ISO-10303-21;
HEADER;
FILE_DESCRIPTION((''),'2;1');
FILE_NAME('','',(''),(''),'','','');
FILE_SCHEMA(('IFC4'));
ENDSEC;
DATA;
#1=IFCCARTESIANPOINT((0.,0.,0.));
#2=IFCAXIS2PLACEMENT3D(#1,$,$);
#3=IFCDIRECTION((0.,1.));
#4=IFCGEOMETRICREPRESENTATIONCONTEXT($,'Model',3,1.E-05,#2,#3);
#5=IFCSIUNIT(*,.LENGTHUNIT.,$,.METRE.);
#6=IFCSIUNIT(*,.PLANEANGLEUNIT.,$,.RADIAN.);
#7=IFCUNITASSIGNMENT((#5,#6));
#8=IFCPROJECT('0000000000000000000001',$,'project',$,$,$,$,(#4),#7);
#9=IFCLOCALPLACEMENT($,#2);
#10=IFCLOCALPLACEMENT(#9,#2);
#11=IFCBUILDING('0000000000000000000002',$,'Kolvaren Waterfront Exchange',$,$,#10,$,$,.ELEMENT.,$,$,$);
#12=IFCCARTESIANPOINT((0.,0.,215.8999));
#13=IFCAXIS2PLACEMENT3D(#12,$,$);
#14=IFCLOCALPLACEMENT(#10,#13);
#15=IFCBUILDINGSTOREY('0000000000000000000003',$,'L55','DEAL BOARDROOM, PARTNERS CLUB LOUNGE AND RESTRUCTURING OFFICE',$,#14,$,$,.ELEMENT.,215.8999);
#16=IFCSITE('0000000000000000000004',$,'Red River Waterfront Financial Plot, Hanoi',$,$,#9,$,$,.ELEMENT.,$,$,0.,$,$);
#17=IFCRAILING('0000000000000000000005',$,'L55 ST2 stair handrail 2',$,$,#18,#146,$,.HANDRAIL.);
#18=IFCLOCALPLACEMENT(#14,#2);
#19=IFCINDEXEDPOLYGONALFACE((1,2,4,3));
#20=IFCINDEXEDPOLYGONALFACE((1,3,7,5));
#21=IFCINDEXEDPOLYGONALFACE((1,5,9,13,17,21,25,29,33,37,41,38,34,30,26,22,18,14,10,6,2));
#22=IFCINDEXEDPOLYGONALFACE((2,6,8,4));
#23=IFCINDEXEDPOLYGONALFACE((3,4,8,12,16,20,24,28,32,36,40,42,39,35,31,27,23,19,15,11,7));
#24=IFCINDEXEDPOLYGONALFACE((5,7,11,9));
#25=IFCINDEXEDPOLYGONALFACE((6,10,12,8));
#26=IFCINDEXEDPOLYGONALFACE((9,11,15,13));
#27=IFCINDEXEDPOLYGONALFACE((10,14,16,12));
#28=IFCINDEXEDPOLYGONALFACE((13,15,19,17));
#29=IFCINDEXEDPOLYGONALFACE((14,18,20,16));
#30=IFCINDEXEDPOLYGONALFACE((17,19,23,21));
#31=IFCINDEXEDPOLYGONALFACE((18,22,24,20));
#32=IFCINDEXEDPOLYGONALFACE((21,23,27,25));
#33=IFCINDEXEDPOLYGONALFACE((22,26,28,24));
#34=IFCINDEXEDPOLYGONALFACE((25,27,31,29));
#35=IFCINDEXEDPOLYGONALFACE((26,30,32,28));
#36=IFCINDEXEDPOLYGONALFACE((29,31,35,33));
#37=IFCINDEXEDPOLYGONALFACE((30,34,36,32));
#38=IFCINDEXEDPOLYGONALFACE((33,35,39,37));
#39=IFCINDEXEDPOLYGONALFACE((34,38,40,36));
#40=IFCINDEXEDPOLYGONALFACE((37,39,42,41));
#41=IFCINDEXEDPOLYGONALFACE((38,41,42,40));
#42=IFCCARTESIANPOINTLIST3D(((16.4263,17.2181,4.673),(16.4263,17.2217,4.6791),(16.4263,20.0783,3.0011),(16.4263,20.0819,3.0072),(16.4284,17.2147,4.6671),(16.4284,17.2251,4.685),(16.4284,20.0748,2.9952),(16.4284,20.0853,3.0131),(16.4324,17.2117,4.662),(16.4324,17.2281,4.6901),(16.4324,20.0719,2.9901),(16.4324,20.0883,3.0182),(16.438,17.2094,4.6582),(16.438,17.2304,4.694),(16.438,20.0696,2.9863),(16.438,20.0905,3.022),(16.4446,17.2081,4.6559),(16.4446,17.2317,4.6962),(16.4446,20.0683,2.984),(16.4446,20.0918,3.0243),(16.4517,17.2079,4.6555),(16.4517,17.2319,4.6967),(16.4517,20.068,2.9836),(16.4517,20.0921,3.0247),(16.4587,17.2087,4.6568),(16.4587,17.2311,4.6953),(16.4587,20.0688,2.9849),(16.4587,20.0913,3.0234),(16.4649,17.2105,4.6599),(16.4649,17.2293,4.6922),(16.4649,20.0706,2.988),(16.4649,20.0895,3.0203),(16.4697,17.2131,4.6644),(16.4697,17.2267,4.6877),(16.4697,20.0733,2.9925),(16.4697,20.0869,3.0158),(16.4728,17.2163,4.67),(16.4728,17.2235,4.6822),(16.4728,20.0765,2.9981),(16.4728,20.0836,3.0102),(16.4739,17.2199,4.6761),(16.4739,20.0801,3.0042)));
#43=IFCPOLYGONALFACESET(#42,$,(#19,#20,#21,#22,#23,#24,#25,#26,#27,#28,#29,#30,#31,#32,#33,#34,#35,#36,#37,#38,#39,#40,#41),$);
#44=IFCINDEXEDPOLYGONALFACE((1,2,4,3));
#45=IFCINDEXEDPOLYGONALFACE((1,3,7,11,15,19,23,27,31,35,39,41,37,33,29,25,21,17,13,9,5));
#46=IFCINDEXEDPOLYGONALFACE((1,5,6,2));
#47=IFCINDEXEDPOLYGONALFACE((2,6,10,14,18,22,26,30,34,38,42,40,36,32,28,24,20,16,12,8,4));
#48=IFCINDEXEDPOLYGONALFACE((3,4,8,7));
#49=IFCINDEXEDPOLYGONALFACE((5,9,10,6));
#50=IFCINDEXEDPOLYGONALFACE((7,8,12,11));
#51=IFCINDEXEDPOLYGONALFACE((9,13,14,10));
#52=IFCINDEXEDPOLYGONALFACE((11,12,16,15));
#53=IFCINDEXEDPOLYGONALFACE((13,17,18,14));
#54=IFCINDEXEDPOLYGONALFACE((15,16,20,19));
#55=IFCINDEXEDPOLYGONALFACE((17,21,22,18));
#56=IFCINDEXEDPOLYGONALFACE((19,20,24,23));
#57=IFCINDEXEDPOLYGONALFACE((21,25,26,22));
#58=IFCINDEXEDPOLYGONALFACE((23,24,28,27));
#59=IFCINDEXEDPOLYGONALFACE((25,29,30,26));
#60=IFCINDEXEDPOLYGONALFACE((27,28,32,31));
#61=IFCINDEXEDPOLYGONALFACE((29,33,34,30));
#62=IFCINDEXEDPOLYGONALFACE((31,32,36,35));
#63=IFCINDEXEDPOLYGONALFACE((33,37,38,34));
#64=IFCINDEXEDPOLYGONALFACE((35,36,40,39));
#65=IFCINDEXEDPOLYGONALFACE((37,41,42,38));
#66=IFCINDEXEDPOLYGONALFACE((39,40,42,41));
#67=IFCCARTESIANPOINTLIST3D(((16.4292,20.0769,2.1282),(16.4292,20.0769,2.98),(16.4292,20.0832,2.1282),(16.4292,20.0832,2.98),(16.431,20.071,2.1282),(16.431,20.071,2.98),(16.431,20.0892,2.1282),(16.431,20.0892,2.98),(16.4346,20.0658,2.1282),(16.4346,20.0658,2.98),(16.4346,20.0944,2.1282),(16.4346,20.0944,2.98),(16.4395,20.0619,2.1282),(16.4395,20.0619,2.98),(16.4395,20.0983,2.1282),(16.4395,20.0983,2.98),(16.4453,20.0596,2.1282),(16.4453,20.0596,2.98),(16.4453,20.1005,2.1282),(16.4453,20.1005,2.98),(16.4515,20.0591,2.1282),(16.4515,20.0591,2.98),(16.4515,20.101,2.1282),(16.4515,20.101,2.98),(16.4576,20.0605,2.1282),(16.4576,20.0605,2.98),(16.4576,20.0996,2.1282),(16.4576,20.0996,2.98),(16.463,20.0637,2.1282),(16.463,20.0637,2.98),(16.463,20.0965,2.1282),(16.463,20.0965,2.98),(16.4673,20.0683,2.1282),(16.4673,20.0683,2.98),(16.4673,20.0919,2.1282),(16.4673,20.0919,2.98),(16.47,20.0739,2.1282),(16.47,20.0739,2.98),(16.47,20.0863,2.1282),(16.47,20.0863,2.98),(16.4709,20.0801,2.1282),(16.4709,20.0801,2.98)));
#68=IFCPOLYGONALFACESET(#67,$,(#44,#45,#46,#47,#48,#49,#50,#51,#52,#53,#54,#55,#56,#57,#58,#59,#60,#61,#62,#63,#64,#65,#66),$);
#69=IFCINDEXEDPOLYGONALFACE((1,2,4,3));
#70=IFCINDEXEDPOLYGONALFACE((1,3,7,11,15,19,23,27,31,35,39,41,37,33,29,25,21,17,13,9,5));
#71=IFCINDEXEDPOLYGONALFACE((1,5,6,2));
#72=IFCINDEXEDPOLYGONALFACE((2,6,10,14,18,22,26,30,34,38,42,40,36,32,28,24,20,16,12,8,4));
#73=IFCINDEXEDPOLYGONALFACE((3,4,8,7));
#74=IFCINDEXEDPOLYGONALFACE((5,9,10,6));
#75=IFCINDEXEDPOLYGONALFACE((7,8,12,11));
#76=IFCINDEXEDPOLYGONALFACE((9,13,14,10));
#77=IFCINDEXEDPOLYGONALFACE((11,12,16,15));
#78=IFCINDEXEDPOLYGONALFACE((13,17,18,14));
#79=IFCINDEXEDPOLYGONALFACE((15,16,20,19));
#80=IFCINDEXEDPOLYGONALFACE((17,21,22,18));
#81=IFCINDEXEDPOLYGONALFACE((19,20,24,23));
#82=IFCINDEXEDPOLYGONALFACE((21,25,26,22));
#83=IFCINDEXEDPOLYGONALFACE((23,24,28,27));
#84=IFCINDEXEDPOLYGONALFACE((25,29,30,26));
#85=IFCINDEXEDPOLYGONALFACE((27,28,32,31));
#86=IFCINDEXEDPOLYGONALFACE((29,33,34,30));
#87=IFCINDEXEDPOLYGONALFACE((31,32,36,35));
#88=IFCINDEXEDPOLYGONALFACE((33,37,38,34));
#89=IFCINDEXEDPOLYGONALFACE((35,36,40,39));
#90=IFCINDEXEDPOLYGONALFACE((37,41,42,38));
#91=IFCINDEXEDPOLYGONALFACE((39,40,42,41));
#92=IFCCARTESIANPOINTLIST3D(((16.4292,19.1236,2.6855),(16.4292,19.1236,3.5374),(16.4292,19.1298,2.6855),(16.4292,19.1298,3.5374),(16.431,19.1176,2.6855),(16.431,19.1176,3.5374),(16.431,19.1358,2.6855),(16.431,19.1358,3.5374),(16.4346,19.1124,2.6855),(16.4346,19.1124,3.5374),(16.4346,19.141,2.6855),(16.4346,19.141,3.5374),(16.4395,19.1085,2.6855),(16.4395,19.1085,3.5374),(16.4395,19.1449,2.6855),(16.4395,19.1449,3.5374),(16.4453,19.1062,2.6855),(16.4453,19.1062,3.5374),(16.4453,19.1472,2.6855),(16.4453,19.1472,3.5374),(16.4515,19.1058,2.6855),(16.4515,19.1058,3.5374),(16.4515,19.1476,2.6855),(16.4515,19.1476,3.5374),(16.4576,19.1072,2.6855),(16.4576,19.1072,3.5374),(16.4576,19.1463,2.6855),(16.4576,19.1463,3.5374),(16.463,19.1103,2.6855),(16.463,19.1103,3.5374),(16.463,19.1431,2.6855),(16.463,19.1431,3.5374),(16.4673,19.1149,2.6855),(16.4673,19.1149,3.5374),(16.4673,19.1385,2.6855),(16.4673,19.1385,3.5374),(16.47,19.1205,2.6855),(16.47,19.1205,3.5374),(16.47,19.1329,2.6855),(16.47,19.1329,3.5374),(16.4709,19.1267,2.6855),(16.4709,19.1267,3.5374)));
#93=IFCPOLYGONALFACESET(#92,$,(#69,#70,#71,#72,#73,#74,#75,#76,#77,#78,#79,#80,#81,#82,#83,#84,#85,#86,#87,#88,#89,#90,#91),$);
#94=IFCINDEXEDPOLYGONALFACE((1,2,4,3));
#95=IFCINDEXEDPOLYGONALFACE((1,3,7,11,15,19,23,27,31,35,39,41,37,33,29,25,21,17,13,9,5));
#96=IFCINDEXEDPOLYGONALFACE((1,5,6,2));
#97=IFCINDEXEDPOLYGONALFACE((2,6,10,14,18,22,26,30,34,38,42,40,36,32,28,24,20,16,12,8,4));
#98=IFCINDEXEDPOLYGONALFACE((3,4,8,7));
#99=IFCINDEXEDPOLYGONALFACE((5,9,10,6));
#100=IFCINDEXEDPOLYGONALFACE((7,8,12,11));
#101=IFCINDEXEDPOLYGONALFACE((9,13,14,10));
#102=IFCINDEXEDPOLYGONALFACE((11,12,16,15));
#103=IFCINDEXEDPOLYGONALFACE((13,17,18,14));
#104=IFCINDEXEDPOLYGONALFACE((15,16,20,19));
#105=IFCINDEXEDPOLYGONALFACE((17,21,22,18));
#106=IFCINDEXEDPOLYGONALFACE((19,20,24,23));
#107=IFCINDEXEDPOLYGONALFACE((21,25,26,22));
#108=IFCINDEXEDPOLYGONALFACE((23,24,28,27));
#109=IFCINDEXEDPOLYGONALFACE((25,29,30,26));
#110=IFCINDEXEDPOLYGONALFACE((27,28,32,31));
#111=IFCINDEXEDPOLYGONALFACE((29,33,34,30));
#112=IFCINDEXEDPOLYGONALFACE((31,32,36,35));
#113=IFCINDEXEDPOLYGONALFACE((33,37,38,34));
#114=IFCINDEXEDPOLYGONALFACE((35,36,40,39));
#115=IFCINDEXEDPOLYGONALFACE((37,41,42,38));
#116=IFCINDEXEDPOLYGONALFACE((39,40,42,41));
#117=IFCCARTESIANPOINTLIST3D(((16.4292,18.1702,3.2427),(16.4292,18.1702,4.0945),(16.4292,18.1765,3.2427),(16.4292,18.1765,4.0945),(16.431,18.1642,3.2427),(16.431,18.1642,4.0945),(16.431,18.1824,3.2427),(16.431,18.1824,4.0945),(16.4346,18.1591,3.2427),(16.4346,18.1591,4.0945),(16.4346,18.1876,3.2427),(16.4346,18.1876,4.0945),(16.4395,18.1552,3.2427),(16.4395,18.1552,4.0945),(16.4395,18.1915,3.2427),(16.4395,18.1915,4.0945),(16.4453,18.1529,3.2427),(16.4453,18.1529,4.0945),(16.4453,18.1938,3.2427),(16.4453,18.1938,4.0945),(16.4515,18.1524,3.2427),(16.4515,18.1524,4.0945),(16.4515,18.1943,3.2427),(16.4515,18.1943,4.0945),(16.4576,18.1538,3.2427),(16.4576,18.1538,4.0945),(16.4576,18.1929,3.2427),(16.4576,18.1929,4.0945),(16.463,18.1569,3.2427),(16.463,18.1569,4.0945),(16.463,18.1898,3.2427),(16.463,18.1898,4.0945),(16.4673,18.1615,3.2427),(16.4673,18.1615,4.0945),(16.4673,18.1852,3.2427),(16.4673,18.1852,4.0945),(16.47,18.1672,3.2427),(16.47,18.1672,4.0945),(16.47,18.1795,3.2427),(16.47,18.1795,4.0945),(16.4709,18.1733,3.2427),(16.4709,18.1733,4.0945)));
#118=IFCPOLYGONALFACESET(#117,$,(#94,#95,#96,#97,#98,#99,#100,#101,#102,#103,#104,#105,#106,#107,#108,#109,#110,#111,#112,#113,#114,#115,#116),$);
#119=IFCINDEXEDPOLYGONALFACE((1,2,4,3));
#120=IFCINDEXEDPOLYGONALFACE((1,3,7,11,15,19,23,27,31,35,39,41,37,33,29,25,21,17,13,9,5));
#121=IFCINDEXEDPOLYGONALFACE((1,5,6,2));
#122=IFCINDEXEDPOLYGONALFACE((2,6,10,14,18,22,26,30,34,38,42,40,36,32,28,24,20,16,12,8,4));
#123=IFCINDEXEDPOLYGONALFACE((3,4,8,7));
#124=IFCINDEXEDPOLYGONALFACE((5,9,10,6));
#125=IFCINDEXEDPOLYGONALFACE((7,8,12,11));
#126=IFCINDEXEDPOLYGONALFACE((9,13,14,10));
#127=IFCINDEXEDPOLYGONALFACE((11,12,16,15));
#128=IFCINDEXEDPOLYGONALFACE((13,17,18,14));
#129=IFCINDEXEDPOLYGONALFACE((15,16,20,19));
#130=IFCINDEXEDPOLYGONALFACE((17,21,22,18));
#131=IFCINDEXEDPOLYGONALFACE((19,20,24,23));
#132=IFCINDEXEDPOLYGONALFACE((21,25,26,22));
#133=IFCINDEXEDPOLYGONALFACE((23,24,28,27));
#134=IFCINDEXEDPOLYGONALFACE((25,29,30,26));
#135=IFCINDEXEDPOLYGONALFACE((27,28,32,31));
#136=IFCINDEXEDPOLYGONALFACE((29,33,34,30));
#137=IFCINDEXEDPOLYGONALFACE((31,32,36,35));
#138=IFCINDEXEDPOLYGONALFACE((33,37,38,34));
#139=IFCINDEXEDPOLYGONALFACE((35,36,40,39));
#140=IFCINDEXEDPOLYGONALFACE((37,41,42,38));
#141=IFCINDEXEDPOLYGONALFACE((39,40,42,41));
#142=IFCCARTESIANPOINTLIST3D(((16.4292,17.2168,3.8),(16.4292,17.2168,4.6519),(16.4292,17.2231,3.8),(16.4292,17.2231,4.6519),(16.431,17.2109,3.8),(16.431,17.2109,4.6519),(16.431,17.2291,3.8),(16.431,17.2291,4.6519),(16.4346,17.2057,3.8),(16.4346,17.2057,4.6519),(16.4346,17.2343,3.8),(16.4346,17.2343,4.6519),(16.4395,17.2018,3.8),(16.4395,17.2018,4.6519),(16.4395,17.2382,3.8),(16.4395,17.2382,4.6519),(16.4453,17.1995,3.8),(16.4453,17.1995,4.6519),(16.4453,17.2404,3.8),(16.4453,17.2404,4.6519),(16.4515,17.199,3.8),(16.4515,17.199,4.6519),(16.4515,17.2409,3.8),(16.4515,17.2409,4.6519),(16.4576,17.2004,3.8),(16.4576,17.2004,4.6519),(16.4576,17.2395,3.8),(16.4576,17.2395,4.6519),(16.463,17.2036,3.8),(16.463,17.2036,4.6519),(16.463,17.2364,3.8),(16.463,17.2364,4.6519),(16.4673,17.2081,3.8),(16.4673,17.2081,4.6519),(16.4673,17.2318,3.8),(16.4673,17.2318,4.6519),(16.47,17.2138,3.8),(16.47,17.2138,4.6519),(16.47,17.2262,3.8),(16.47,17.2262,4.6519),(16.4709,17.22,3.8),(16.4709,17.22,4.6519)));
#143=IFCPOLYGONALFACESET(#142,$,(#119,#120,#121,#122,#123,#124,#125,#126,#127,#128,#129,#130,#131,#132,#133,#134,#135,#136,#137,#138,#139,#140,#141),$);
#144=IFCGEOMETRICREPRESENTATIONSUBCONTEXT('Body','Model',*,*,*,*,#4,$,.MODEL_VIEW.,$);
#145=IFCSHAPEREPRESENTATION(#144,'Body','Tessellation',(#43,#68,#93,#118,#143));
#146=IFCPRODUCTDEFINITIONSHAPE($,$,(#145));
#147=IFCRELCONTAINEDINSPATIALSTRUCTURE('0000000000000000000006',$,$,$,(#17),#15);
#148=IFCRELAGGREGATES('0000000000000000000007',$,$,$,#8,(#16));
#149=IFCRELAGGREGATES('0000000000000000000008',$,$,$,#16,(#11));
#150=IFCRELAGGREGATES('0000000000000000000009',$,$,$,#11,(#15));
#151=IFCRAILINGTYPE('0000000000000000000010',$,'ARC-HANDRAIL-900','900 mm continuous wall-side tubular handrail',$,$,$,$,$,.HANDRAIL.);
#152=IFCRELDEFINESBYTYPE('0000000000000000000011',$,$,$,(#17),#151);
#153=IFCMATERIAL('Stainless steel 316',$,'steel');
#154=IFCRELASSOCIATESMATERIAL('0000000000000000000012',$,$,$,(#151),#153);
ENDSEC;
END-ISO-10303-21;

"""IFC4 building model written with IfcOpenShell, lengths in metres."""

from ifc_helpers import new_model, si_unit, direction, frame, origin, origin_2d, place, context, subcontext, project, spatial, circle, extrude, material, type_object, element, save


model = new_model("IFC4")

# Units and contexts
model_context = context("Model", 3, precision=1e-05, world=origin(), true_north=direction((0.0, 1.0)))
body_context = subcontext(model_context, "Body", "Model", "MODEL_VIEW")
ifc_project = project(units=[si_unit("LENGTHUNIT", "METRE"), si_unit("PLANEANGLEUNIT", "RADIAN")], contexts=[model_context])

# Site, building, storey
site_placement = place(None, origin())
site = spatial("IfcSite", under=ifc_project, at=site_placement, Name="Red River Waterfront Financial Plot, Hanoi", CompositionType="ELEMENT", RefElevation=0.0)
building_placement = place(site_placement, origin())
building = spatial("IfcBuilding", under=site, at=building_placement, Name="Kolvaren Waterfront Exchange", CompositionType="ELEMENT")
storey_placement = place(building_placement, frame((0.0, 0.0, 215.8999)))
storey = spatial("IfcBuildingStorey", under=building, at=storey_placement, Name="L55", Description="DEAL BOARDROOM, PARTNERS CLUB LOUNGE AND RESTRUCTURING OFFICE", CompositionType="ELEMENT", Elevation=215.8999)

# Railing
ifc_material_1 = material(Name="Stainless steel 316", Category="steel")
railing_type = type_object("IfcRailingType", Name="ARC-HANDRAIL-900", Description="900 mm continuous wall-side tubular handrail", PredefinedType="HANDRAIL", material=ifc_material_1)
railing_placement = place(storey_placement, frame((16.45, 20.0801, 2.1282)))
element("IfcRailing", 1, at=railing_placement, inside=storey, type_object=railing_type, Name="L55 ST2 stair handrail 2", PredefinedType="HANDRAIL", context=body_context, shape_type="SweptSolid", body=[
    extrude(circle(Radius=0.0239, at=origin_2d()), frame((0.0, 0.0, 0.876), z_axis=(0.0, -0.863321, 0.504654), x_axis=(1.0, 0.0, 0.0)), (0.0, 0.0, 1.0), 3.313),
    extrude(circle(Radius=0.021, at=origin_2d()), origin(), (0.0, 0.0, 1.0), 0.8518),
    extrude(circle(Radius=0.021, at=origin_2d()), frame((0.0, -0.9534, 0.5574)), (0.0, 0.0, 1.0), 0.8518),
    extrude(circle(Radius=0.021, at=origin_2d()), frame((0.0, -1.9067, 1.1145)), (0.0, 0.0, 1.0), 0.8518),
    extrude(circle(Radius=0.021, at=origin_2d()), frame((0.0, -2.8601, 1.6719)), (0.0, 0.0, 1.0), 0.8518),
])

save(model, "model.ifc")
